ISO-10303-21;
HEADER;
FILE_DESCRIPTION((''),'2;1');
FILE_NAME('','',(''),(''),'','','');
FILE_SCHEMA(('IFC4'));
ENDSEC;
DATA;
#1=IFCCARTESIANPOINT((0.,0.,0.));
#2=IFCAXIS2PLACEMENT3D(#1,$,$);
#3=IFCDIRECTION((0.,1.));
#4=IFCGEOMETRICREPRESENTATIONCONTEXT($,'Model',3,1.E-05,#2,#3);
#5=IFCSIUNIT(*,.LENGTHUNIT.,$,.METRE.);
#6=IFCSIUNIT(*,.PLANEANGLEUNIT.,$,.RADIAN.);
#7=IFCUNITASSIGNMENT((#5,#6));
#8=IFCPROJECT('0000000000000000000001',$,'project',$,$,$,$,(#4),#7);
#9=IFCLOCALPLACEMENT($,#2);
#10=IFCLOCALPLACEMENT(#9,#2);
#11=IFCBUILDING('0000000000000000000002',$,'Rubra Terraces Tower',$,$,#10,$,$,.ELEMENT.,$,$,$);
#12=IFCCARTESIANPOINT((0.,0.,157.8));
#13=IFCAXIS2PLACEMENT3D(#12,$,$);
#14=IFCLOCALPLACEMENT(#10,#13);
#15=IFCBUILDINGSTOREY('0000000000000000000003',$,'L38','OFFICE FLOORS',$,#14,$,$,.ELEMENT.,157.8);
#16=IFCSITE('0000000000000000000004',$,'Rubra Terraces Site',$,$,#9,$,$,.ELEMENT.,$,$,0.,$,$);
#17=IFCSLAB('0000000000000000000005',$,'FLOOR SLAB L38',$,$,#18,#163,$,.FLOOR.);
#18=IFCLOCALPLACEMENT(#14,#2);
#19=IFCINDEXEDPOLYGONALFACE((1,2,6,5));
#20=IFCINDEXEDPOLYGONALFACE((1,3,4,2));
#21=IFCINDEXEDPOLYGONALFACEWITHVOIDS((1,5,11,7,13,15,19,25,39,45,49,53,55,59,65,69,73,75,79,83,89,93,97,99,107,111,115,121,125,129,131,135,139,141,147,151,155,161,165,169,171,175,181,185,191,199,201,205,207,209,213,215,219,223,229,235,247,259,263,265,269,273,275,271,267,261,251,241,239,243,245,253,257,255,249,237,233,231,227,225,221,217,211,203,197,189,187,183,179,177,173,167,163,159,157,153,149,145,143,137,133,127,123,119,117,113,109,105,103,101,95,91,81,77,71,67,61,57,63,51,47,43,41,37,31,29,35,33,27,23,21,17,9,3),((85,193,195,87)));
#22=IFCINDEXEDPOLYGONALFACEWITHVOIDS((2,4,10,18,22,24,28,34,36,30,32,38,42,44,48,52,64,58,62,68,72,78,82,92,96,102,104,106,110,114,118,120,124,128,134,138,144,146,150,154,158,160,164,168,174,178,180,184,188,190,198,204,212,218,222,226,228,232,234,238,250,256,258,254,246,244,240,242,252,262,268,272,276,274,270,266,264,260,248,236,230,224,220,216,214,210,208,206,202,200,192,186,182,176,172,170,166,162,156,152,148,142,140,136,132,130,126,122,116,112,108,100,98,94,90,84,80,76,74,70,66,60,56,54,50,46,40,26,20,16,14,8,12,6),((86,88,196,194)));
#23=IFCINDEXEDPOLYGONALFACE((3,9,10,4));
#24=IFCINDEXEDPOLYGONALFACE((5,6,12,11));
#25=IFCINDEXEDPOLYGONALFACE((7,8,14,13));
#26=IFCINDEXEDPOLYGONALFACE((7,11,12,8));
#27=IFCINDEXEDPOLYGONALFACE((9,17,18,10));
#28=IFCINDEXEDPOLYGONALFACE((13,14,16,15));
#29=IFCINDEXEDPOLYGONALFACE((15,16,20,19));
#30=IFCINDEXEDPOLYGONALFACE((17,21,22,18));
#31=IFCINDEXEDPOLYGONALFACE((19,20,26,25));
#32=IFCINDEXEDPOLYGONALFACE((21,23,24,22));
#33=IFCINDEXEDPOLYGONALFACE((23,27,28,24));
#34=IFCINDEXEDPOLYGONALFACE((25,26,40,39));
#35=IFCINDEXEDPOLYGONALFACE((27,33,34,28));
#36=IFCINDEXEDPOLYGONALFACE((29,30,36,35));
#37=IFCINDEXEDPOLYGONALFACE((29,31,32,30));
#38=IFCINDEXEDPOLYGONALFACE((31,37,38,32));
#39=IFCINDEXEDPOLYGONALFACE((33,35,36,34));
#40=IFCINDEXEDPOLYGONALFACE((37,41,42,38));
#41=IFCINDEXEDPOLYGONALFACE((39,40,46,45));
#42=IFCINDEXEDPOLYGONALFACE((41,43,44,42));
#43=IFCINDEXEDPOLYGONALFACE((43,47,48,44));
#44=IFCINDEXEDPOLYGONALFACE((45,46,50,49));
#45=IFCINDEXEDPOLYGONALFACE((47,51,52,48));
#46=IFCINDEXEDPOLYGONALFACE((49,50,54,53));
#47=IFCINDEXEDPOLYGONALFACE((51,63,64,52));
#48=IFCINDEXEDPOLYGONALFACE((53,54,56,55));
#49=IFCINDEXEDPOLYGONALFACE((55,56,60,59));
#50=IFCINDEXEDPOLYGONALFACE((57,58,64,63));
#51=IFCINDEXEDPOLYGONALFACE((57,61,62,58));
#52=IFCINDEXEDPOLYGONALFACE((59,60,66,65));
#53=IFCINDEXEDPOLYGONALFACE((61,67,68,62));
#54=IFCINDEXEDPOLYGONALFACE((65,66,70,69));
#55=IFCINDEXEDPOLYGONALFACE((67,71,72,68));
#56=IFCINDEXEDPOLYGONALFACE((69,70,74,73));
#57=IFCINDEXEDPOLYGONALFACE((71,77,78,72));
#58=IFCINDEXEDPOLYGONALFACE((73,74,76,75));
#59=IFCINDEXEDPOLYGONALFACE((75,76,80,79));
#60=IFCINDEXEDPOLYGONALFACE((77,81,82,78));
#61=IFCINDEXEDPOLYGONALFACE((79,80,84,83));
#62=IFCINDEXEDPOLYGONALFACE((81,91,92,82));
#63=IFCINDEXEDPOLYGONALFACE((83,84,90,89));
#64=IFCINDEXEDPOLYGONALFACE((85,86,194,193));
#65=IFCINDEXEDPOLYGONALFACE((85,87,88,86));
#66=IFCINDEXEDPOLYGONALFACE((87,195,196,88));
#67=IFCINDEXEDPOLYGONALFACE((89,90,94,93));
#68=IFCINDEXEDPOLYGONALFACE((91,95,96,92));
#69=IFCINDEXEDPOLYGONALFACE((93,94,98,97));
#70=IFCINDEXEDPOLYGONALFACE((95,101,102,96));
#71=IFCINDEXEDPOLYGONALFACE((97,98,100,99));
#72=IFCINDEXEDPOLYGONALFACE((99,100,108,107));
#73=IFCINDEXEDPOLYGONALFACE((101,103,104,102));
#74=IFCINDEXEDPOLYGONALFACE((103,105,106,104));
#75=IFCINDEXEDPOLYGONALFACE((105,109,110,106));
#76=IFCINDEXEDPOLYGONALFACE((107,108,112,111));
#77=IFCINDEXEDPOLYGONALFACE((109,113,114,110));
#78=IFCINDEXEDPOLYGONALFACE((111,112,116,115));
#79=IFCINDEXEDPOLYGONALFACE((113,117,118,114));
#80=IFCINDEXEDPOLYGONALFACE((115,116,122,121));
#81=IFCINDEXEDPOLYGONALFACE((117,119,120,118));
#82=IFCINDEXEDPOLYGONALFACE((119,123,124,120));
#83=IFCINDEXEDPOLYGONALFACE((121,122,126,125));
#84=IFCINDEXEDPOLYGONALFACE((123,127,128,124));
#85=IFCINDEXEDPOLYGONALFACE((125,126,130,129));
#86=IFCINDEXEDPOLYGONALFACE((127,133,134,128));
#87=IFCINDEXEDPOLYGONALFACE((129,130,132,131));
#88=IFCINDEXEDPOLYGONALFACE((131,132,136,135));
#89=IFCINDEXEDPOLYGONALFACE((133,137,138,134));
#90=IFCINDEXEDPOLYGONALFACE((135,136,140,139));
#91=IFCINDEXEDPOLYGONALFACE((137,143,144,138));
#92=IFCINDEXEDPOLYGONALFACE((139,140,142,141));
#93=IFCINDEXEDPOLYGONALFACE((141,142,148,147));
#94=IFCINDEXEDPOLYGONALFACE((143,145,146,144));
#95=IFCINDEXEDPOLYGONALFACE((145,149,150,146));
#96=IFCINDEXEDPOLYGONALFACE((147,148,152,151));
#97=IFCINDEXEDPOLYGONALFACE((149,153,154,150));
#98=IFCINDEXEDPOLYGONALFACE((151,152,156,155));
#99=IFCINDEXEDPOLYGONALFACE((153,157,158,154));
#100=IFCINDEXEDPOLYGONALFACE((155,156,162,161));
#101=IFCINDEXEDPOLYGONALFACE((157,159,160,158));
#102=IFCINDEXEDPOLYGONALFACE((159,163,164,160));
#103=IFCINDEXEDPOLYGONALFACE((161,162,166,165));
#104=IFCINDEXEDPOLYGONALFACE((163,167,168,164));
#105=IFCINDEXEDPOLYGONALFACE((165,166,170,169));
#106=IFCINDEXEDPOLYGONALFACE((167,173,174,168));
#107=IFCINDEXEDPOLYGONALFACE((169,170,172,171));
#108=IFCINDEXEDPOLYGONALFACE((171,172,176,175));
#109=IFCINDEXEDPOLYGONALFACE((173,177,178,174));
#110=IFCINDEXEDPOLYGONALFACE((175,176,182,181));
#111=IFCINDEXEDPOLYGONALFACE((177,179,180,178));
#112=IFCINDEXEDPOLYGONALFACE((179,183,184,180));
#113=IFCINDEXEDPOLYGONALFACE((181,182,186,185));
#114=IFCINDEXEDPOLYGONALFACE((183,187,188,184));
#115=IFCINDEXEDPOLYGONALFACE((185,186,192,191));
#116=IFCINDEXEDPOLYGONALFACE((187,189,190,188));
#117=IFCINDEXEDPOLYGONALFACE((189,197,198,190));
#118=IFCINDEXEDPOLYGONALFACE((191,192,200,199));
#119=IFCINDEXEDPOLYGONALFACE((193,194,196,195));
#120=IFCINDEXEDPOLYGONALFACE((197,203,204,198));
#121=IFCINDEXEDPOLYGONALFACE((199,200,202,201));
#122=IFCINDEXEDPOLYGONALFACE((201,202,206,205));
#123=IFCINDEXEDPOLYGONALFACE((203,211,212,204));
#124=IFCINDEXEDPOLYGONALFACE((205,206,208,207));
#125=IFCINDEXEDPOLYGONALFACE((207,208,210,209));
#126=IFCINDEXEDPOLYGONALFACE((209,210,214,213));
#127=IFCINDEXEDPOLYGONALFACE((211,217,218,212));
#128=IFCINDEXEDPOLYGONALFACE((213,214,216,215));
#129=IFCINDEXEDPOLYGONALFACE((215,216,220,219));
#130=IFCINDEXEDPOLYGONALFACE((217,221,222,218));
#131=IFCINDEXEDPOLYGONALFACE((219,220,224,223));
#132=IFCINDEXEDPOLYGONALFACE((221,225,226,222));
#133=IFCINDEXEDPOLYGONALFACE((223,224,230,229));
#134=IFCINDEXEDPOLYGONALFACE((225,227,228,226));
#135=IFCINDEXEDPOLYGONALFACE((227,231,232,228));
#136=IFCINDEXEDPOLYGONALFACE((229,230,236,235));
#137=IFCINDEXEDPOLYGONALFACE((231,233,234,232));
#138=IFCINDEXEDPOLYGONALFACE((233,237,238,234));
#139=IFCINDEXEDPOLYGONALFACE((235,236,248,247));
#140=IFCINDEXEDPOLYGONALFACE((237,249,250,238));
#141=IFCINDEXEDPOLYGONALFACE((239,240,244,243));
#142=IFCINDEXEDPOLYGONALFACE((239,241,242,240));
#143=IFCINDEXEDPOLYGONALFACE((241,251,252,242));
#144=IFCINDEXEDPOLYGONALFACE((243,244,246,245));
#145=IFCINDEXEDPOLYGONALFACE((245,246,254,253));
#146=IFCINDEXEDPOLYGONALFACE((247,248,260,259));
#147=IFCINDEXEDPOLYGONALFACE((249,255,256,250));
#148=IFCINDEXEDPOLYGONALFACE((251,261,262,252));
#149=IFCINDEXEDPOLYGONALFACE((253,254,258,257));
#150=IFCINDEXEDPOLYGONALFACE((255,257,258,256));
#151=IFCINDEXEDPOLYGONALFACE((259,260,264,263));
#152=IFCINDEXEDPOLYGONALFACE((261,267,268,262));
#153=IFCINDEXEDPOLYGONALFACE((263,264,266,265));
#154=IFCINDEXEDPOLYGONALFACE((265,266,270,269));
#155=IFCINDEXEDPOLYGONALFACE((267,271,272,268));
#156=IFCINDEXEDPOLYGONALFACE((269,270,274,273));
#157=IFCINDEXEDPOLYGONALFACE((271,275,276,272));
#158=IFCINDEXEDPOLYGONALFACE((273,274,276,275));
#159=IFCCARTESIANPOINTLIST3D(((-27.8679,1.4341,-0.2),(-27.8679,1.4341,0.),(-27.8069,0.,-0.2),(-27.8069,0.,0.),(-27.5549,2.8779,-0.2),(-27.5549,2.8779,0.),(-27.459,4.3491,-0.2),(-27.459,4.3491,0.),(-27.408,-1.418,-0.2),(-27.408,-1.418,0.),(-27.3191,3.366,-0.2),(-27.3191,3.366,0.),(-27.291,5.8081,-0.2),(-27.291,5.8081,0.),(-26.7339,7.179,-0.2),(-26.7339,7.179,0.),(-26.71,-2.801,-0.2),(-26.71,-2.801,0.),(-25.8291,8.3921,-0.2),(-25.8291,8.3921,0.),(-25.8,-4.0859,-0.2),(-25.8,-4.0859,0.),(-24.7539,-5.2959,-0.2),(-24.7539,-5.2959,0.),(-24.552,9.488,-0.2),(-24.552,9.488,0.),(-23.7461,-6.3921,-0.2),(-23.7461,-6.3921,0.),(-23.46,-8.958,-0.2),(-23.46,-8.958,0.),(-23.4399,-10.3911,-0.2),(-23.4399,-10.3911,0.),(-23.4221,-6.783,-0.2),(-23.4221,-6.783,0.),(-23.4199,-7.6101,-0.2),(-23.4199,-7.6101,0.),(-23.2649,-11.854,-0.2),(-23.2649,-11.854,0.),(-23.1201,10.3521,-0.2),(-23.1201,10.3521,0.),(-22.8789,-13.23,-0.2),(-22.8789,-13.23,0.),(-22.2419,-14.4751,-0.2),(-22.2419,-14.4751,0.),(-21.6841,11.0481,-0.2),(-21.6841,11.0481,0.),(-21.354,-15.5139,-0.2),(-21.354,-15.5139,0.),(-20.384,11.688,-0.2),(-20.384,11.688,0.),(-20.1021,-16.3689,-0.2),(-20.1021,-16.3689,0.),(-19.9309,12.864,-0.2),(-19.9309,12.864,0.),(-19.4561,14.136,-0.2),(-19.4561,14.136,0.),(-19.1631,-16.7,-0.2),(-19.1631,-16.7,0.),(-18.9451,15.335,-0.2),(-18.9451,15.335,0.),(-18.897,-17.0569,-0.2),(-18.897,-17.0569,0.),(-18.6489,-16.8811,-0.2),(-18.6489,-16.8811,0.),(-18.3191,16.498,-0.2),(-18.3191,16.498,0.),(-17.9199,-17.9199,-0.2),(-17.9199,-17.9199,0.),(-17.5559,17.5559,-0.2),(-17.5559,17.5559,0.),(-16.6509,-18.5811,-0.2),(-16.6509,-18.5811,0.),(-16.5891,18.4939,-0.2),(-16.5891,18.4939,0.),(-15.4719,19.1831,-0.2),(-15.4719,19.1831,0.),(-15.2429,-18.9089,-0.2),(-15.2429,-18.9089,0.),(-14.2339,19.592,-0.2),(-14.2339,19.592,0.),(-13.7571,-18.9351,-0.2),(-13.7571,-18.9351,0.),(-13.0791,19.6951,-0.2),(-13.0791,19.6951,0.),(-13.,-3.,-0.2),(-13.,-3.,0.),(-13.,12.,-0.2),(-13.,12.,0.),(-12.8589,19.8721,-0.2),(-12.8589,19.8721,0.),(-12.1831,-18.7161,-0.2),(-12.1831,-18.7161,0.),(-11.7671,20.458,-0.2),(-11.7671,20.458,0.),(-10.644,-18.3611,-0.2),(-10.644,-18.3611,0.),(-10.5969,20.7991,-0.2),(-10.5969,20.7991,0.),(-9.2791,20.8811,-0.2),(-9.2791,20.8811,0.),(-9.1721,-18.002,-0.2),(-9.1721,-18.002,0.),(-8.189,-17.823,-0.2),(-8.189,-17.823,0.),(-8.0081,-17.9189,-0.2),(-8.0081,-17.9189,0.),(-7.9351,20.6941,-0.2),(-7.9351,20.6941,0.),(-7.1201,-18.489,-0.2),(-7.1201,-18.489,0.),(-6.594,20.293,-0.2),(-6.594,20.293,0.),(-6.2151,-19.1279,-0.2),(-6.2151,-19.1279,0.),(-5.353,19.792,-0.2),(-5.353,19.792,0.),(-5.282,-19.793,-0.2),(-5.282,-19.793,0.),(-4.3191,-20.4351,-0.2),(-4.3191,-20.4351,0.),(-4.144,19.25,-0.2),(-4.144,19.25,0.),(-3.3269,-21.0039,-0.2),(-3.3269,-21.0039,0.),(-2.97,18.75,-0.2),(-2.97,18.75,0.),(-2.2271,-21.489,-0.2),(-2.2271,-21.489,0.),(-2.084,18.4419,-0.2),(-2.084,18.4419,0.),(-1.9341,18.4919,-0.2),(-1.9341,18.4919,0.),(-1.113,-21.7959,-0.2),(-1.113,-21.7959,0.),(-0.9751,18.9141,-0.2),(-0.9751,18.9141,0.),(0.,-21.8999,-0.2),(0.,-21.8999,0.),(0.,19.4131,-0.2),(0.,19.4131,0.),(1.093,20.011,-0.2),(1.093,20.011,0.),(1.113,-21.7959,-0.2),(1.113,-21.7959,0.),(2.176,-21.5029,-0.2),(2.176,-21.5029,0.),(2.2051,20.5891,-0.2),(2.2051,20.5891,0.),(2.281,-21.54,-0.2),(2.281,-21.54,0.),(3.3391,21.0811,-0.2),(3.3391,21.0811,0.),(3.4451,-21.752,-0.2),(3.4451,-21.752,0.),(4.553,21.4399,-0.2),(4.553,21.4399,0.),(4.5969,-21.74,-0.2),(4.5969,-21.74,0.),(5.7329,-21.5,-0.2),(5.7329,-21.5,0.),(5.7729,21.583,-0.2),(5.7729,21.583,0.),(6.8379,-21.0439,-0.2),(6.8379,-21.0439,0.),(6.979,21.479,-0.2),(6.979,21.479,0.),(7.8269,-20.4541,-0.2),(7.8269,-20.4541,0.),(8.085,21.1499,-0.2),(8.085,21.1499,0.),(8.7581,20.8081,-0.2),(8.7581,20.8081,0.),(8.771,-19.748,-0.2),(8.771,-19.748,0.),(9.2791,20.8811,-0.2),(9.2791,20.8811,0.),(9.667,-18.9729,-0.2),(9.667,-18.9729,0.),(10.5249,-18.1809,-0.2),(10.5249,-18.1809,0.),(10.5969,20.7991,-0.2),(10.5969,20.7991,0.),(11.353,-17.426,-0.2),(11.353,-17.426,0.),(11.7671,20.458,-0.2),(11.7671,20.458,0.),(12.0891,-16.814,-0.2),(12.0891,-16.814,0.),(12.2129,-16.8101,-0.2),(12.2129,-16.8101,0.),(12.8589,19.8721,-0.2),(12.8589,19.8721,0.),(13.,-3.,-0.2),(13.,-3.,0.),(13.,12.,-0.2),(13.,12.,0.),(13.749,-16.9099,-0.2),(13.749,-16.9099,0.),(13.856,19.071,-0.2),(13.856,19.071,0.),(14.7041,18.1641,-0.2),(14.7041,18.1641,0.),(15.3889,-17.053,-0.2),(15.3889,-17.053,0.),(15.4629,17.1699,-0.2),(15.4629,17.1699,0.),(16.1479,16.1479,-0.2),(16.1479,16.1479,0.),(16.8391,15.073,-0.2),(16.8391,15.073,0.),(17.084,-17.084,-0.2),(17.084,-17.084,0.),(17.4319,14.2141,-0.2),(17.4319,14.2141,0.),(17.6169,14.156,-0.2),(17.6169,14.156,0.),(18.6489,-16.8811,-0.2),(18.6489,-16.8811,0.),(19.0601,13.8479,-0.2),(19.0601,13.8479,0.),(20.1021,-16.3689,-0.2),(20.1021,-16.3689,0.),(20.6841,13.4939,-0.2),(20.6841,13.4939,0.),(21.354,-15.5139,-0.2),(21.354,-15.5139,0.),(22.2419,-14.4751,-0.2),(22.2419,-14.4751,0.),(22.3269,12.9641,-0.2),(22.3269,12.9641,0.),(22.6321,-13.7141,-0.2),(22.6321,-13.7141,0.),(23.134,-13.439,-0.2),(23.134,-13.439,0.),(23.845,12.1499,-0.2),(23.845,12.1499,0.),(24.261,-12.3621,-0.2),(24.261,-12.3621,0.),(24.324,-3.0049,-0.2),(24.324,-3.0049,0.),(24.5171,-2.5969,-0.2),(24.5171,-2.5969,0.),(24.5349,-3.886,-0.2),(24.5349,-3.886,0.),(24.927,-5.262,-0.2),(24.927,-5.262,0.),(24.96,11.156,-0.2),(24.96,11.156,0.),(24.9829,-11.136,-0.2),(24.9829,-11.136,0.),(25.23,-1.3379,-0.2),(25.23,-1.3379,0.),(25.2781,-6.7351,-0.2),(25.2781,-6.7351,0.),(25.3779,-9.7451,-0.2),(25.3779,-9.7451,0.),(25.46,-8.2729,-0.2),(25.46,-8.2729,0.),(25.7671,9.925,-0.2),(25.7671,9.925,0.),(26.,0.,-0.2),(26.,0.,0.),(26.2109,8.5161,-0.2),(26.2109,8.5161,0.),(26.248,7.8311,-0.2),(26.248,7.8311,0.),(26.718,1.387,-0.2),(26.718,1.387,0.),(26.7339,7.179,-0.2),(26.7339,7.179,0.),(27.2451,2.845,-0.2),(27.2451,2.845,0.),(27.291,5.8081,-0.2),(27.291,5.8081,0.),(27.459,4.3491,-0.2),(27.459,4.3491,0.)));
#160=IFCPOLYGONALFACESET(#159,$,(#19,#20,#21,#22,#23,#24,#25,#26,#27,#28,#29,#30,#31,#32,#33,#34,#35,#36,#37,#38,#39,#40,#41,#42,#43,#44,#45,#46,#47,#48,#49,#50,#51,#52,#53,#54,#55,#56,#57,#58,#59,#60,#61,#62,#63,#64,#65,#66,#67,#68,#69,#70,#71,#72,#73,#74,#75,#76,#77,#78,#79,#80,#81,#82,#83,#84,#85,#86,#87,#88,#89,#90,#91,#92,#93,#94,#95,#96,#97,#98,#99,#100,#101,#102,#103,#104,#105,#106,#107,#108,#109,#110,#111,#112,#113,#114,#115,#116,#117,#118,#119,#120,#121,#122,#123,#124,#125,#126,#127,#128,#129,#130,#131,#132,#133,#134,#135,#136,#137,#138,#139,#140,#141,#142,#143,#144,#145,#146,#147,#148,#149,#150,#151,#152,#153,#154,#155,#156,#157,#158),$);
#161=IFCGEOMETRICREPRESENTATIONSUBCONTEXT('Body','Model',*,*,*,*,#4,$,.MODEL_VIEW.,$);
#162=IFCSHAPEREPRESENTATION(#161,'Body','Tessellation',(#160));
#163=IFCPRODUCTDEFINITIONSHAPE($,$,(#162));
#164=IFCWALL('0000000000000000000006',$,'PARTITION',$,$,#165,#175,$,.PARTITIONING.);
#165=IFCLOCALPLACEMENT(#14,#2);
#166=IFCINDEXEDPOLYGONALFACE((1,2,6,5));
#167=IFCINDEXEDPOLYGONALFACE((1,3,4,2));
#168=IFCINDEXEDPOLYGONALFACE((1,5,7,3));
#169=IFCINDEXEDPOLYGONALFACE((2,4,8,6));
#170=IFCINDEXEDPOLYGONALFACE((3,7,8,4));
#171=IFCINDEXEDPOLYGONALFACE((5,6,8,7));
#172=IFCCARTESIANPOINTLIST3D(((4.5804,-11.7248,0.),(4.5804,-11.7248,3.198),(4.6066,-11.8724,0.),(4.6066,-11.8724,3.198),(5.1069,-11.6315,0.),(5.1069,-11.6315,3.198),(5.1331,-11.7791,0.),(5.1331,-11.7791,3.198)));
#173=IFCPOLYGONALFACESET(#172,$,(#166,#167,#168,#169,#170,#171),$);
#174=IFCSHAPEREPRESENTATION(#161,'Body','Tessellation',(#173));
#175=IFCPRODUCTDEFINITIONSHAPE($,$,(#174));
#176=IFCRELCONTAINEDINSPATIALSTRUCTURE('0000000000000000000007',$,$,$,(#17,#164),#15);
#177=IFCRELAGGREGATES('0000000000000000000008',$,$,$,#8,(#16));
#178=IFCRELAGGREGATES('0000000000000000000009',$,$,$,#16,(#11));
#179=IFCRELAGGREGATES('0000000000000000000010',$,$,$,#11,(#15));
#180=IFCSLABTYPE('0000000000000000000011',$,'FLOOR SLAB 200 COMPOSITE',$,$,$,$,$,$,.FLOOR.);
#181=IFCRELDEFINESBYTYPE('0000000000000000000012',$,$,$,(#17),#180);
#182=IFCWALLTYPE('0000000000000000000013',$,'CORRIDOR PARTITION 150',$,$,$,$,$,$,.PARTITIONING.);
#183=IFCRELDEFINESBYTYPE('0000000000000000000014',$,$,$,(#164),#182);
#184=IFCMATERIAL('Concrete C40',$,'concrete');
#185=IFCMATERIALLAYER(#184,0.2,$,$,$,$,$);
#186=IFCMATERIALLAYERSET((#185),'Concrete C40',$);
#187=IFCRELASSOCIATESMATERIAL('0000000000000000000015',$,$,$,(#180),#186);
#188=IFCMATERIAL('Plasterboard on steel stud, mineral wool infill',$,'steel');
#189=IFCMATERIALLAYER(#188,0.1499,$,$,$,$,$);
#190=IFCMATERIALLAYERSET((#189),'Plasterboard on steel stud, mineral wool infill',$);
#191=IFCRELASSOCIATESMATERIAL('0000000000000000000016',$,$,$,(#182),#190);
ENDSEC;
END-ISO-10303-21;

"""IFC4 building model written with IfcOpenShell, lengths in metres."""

from ifc_helpers import new_model, si_unit, direction, frame, frame_2d, origin, place, context, subcontext, project, spatial, polyline, rectangle, outline, extrude, material, layer, layer_set, type_object, element, save


model = new_model("IFC4")

# Units and contexts
model_context = context("Model", 3, precision=1e-05, world=origin(), true_north=direction((0.0, 1.0)))
body_context = subcontext(model_context, "Body", "Model", "MODEL_VIEW")
ifc_project = project(units=[si_unit("LENGTHUNIT", "METRE"), si_unit("PLANEANGLEUNIT", "RADIAN")], contexts=[model_context])

# Site, building, storey
site_placement = place(None, origin())
site = spatial("IfcSite", under=ifc_project, at=site_placement, Name="Rubra Terraces Site", CompositionType="ELEMENT", RefElevation=0.0)
building_placement = place(site_placement, origin())
building = spatial("IfcBuilding", under=site, at=building_placement, Name="Rubra Terraces Tower", CompositionType="ELEMENT")
storey_placement = place(building_placement, frame((0.0, 0.0, 157.8)))
storey = spatial("IfcBuildingStorey", under=building, at=storey_placement, Name="L38", Description="OFFICE FLOORS", CompositionType="ELEMENT", Elevation=157.8)

# Shared definitions
ifc_material_1 = material(Name="Concrete C40", Category="concrete")

# Slab
ifc_layer_1 = layer(ifc_material_1, 0.2)
ifc_layer_set_1 = layer_set([ifc_layer_1], Name="Concrete C40")
slab_type_1 = type_object("IfcSlabType", Name="FLOOR SLAB 200 COMPOSITE", PredefinedType="FLOOR", material=ifc_layer_set_1)
slab_1_placement = place(storey_placement, frame((0.0, 0.0, -0.2)))
element("IfcSlab", 1, at=slab_1_placement, inside=storey, type_object=slab_type_1, Name="FLOOR SLAB L38", PredefinedType="FLOOR", context=body_context, shape_type="SweptSolid", body=[
    extrude(outline(polyline([(11.353, -17.426), (12.0891, -16.814), (12.2129, -16.8101), (13.749, -16.9099), (15.3889, -17.053), (17.084, -17.084), (18.6489, -16.8811), (20.1021, -16.3689), (21.354, -15.5139), (22.2419, -14.4751), (22.6321, -13.7141), (23.134, -13.439), (24.261, -12.3621), (24.9829, -11.136), (25.3779, -9.7451), (25.46, -8.2729), (25.2781, -6.7351), (24.927, -5.262), (24.5349, -3.886), (24.324, -3.0049), (24.5171, -2.5969), (25.23, -1.3379), (26.0, 0.0), (26.718, 1.387), (27.2451, 2.845), (27.459, 4.3491), (27.291, 5.8081), (26.7339, 7.179), (26.248, 7.8311), (26.2109, 8.5161), (25.7671, 9.925), (24.96, 11.156), (23.845, 12.1499), (22.3269, 12.9641), (20.6841, 13.4939), (19.0601, 13.8479), (17.6169, 14.156), (17.4319, 14.2141), (17.5161, 14.092), (16.8391, 15.073), (16.1479, 16.1479), (15.4629, 17.1699), (14.7041, 18.1641), (13.856, 19.071), (12.8589, 19.8721), (11.7671, 20.458), (10.5969, 20.7991), (9.2791, 20.8811), (8.7581, 20.8081), (8.085, 21.1499), (6.979, 21.479), (5.7729, 21.583), (4.553, 21.4399), (3.3391, 21.0811), (2.2051, 20.5891), (1.093, 20.011), (0.0, 19.4131), (-0.9751, 18.9141), (-1.9341, 18.4919), (-2.084, 18.4419), (-2.97, 18.75), (-4.144, 19.25), (-5.353, 19.792), (-6.594, 20.293), (-7.9351, 20.6941), (-9.2791, 20.8811), (-10.5969, 20.7991), (-11.7671, 20.458), (-12.8589, 19.8721), (-13.0791, 19.6951), (-14.2339, 19.592), (-15.4719, 19.1831), (-16.5891, 18.4939), (-17.5559, 17.5559), (-18.3191, 16.498), (-18.9451, 15.335), (-19.4561, 14.136), (-19.9309, 12.864), (-20.384, 11.688), (-21.6841, 11.0481), (-23.1201, 10.3521), (-24.552, 9.488), (-25.8291, 8.3921), (-26.7339, 7.179), (-27.291, 5.8081), (-27.459, 4.3491), (-27.3191, 3.366), (-27.5549, 2.8779), (-27.8679, 1.4341), (-27.8069, 0.0), (-27.408, -1.418), (-26.71, -2.801), (-25.8, -4.0859), (-24.7539, -5.2959), (-23.7461, -6.3921), (-23.4221, -6.783), (-23.4199, -7.6101), (-23.46, -8.958), (-23.4399, -10.3911), (-23.2649, -11.854), (-22.8789, -13.23), (-22.2419, -14.4751), (-21.354, -15.5139), (-20.1021, -16.3689), (-18.6489, -16.8811), (-19.1631, -16.7), (-18.897, -17.0569), (-17.9199, -17.9199), (-16.6509, -18.5811), (-15.2429, -18.9089), (-13.7571, -18.9351), (-12.1831, -18.7161), (-10.644, -18.3611), (-9.1721, -18.002), (-8.189, -17.823), (-8.0081, -17.9189), (-7.1201, -18.489), (-6.2151, -19.1279), (-5.282, -19.793), (-4.3191, -20.4351), (-3.3269, -21.0039), (-2.2271, -21.489), (-1.113, -21.7959), (0.0, -21.8999), (1.113, -21.7959), (2.176, -21.5029), (2.281, -21.54), (3.4451, -21.752), (4.5969, -21.74), (5.7329, -21.5), (6.8379, -21.0439), (7.8269, -20.4541), (8.771, -19.748), (9.667, -18.9729), (10.5249, -18.1809), (11.353, -17.426)]), holes=[polyline([(13.0, 12.0), (13.0, -3.0), (-13.0, -3.0), (-13.0, 12.0), (13.0, 12.0)])]), origin(), (0.0, 0.0, 1.0), 0.2),
])

# Wall
ifc_material_2 = material(Name="Plasterboard on steel stud, mineral wool infill", Category="steel")
ifc_layer_2 = layer(ifc_material_2, 0.1499)
ifc_layer_set_2 = layer_set([ifc_layer_2], Name="Plasterboard on steel stud, mineral wool infill")
wall_type_1 = type_object("IfcWallType", Name="CORRIDOR PARTITION 150", PredefinedType="PARTITIONING", material=ifc_layer_set_2)
wall_1_placement = place(storey_placement, frame((4.5935, -11.7986, 0.0), z_axis=(0.0, 0.0, 1.0), x_axis=(0.984664, 0.174463, 0.0)))
element("IfcWall", 2, at=wall_1_placement, inside=storey, type_object=wall_type_1, Name="PARTITION", PredefinedType="PARTITIONING", context=body_context, shape_type="SweptSolid", body=[
    extrude(rectangle(XDim=0.5347, YDim=0.1499, at=frame_2d((0.2673, 0.0))), origin(), (0.0, 0.0, 1.0), 3.198),
])

save(model, "model.ifc")
